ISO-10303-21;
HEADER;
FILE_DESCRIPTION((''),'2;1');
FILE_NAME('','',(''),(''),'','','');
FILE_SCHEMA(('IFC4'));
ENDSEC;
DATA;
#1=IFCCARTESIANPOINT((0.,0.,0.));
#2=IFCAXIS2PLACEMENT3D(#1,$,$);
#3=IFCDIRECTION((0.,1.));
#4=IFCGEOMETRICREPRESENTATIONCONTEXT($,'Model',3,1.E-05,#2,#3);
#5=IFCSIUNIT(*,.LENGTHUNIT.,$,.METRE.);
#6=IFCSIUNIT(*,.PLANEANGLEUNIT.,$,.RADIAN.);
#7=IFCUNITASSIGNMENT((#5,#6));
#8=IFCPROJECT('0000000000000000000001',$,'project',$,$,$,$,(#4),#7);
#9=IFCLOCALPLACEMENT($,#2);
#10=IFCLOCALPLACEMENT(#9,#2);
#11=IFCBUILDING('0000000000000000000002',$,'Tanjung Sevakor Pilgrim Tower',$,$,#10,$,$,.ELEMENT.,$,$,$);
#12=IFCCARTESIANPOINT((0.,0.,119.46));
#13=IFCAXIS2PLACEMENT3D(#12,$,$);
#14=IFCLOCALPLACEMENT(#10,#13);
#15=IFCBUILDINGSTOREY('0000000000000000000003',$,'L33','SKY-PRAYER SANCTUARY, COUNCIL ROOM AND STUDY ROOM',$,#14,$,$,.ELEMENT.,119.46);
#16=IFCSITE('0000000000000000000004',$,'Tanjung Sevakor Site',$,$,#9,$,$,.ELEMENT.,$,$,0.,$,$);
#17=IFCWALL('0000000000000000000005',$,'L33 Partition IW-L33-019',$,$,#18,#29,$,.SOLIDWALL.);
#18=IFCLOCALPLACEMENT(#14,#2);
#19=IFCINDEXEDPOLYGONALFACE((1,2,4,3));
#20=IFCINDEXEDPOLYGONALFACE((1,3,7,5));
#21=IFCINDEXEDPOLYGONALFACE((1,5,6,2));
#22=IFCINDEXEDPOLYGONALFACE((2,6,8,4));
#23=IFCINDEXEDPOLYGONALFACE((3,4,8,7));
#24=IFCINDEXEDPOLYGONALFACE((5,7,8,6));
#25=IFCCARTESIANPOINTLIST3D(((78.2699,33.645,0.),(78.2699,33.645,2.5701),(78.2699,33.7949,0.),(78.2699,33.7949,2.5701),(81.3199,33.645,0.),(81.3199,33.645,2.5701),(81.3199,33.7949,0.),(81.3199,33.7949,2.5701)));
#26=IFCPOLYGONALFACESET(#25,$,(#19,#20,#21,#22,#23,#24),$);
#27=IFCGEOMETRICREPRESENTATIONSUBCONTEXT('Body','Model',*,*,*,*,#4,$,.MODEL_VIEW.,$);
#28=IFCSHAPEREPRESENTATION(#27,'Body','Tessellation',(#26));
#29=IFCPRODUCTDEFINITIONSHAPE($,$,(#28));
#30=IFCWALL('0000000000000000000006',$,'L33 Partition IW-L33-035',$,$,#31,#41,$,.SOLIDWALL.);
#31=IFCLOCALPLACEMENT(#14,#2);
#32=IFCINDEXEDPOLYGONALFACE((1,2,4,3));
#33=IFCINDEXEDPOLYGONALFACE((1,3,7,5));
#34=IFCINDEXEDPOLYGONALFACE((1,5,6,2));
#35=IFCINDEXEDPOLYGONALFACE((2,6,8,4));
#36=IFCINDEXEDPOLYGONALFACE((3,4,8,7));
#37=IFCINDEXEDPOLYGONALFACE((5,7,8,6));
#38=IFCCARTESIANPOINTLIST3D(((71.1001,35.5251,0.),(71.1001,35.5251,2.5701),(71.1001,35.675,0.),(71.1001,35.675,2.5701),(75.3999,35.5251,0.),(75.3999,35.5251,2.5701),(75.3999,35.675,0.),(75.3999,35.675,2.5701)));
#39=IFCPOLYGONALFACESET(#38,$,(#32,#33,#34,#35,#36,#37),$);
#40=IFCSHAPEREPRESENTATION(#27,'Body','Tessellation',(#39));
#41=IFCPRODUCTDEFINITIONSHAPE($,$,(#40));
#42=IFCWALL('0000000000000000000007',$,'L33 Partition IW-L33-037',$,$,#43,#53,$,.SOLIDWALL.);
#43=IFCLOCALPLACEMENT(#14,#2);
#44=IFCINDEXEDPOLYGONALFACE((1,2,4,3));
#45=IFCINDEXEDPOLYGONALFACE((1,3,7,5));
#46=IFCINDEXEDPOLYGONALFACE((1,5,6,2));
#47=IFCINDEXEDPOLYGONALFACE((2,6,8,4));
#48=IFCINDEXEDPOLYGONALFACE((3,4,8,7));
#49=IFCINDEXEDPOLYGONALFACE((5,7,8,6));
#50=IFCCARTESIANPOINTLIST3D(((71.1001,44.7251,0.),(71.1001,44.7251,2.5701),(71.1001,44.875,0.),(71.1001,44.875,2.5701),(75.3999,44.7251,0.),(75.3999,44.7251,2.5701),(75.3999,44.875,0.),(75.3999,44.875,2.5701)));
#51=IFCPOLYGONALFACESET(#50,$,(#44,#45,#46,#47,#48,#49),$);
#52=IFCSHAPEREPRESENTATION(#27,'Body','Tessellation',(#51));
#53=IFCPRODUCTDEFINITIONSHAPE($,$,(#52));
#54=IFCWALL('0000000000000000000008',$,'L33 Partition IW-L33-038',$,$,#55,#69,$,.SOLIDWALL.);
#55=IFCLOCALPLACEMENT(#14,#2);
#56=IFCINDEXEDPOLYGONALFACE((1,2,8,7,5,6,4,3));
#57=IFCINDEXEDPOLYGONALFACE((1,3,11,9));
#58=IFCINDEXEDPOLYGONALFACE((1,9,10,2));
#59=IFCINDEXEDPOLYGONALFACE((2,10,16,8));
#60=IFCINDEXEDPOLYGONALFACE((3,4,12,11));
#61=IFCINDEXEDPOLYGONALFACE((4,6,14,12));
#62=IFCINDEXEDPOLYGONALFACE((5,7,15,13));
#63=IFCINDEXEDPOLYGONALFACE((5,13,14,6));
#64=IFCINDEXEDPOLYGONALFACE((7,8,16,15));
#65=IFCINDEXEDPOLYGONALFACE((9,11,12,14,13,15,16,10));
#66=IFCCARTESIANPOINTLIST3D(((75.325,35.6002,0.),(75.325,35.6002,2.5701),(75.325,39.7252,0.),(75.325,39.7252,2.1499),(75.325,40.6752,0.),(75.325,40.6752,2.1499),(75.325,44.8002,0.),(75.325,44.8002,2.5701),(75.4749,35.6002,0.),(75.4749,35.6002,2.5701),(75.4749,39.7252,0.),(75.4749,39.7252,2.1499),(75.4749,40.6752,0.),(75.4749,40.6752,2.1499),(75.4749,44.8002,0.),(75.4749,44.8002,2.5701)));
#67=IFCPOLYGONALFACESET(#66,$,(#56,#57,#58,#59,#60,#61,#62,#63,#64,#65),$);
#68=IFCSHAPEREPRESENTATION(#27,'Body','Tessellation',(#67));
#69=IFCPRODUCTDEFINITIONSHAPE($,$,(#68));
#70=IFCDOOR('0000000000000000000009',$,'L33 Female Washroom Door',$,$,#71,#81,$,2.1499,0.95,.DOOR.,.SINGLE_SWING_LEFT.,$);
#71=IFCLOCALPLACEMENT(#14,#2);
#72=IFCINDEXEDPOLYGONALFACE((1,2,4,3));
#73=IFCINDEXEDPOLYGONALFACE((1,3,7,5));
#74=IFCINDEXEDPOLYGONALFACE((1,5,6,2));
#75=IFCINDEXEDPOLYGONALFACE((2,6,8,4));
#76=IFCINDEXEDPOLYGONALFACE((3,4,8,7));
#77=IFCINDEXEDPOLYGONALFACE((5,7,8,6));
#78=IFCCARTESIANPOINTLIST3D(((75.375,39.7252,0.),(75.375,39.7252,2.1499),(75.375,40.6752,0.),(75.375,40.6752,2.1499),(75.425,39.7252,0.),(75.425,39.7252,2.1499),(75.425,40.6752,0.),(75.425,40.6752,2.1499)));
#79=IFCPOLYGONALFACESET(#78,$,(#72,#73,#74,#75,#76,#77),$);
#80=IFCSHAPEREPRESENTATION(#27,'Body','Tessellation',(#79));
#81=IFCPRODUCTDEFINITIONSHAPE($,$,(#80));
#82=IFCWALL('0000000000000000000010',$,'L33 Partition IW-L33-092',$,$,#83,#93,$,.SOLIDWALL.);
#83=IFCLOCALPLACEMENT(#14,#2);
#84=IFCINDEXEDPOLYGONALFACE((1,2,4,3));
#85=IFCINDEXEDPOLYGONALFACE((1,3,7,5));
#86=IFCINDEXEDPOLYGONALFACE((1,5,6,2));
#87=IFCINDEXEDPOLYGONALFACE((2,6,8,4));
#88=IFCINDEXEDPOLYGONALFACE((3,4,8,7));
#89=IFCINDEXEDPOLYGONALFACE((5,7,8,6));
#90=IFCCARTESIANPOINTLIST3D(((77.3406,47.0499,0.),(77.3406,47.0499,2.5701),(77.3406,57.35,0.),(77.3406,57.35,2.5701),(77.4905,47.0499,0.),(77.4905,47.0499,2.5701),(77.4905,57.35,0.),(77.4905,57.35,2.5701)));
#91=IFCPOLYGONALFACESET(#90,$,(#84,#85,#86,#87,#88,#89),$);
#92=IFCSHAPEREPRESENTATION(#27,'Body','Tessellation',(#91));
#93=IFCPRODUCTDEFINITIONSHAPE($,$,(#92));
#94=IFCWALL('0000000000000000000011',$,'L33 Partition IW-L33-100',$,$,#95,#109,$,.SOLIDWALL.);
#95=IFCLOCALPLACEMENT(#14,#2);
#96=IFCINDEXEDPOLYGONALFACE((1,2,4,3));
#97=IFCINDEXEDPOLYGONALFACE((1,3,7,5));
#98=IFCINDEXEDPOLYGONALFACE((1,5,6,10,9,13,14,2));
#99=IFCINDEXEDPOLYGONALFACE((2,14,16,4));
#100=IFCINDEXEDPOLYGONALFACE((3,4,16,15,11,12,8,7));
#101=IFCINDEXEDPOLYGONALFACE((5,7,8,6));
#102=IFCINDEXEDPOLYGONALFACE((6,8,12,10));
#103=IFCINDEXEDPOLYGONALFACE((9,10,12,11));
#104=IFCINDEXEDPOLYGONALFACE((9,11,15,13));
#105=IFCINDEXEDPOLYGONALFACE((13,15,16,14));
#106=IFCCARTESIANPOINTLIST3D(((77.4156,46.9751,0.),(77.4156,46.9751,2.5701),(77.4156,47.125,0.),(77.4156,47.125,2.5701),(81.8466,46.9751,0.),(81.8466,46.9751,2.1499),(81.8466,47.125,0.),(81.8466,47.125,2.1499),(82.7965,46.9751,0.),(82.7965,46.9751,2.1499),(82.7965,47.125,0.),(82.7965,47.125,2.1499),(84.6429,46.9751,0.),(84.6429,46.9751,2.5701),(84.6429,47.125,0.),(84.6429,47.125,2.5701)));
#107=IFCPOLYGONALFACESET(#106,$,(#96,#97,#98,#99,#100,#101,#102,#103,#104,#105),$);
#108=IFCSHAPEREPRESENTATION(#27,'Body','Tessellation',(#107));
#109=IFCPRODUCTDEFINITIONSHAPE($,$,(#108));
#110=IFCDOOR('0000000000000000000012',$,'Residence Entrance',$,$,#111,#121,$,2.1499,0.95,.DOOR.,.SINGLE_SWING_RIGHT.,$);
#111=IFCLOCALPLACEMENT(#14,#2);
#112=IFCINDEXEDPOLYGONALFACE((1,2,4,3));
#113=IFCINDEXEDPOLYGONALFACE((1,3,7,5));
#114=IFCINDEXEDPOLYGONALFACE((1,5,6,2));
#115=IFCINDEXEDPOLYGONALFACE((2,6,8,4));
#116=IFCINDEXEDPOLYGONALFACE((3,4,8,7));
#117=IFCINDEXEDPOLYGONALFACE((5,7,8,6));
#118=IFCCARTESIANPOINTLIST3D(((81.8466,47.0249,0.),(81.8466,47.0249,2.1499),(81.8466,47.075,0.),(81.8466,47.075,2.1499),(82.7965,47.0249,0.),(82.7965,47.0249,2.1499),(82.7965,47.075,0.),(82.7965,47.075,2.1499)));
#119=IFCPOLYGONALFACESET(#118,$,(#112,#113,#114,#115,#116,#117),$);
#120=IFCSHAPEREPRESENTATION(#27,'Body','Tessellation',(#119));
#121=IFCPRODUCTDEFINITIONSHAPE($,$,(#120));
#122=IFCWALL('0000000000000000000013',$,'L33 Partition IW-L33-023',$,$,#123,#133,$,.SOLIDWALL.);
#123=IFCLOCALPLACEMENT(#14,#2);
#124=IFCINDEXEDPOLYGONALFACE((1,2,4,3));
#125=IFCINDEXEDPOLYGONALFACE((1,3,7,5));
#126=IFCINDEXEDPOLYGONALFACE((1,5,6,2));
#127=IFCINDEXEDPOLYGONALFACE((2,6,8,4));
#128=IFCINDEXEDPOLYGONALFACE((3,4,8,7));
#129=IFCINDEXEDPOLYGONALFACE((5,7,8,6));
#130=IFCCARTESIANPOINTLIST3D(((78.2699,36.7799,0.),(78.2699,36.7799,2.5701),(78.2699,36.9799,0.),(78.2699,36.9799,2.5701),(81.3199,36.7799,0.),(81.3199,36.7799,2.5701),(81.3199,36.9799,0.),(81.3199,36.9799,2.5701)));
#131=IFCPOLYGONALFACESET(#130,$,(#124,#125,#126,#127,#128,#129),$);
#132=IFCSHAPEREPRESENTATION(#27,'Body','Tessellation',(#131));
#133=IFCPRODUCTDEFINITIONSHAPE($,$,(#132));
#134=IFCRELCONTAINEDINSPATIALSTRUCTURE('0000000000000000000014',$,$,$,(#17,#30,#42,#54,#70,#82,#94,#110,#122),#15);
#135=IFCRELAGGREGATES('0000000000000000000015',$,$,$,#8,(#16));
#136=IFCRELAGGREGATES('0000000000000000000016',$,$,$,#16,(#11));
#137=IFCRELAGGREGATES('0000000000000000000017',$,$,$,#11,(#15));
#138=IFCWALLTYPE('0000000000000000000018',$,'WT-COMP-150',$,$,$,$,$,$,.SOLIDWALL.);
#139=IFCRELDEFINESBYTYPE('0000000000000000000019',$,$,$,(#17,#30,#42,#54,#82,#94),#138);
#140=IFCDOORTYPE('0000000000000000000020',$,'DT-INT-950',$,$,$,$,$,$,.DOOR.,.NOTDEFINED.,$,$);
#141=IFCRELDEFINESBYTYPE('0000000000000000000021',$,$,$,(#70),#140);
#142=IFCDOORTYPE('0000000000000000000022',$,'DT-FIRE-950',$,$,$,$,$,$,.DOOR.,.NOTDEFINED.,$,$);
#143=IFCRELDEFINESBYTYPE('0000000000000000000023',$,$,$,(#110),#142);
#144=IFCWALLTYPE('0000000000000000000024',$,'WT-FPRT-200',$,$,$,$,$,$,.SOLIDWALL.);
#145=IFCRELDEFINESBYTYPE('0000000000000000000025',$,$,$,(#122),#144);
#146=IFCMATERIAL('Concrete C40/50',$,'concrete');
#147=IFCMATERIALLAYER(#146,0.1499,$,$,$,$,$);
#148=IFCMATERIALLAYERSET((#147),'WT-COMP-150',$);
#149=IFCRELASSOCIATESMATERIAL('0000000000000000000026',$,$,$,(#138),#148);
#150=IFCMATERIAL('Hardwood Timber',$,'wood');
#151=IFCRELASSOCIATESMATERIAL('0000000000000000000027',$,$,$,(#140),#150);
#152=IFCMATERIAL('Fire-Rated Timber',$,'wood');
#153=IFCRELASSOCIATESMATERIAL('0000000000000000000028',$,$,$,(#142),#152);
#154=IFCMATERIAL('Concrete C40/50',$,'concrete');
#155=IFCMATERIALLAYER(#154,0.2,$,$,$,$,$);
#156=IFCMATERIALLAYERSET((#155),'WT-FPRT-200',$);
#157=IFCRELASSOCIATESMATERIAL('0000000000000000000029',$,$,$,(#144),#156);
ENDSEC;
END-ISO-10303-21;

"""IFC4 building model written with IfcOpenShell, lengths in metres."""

from ifc_helpers import new_model, si_unit, direction, frame, frame_2d, origin, place, context, subcontext, project, spatial, rectangle, extrude, material, layer, layer_set, type_object, element, fill, save


model = new_model("IFC4")

# Units and contexts
model_context = context("Model", 3, precision=1e-05, world=origin(), true_north=direction((0.0, 1.0)))
body_context = subcontext(model_context, "Body", "Model", "MODEL_VIEW")
ifc_project = project(units=[si_unit("LENGTHUNIT", "METRE"), si_unit("PLANEANGLEUNIT", "RADIAN")], contexts=[model_context])

# Site, building, storey
site_placement = place(None, origin())
site = spatial("IfcSite", under=ifc_project, at=site_placement, Name="Tanjung Sevakor Site", CompositionType="ELEMENT", RefElevation=0.0)
building_placement = place(site_placement, origin())
building = spatial("IfcBuilding", under=site, at=building_placement, Name="Tanjung Sevakor Pilgrim Tower", CompositionType="ELEMENT")
storey_placement = place(building_placement, frame((0.0, 0.0, 119.46)))
storey = spatial("IfcBuildingStorey", under=building, at=storey_placement, Name="L33", Description="SKY-PRAYER SANCTUARY, COUNCIL ROOM AND STUDY ROOM", CompositionType="ELEMENT", Elevation=119.46)

# Walls
ifc_material_1 = material(Name="Concrete C40/50", Category="concrete")
ifc_layer_1 = layer(ifc_material_1, 0.1499)
ifc_layer_set_1 = layer_set([ifc_layer_1], Name="WT-COMP-150")
wall_type_1 = type_object("IfcWallType", Name="WT-COMP-150", PredefinedType="SOLIDWALL", material=ifc_layer_set_1)
wall_1_placement = place(storey_placement, frame((78.27, 33.72, 0.0), z_axis=(0.0, 0.0, 1.0), x_axis=(1.0, 0.0, 0.0)))
element("IfcWall", 1, at=wall_1_placement, inside=storey, type_object=wall_type_1, Name="L33 Partition IW-L33-019", PredefinedType="SOLIDWALL", context=body_context, shape_type="SweptSolid", body=[
    extrude(rectangle(XDim=3.05, YDim=0.1499, at=frame_2d((1.5249, 0.0))), origin(), (0.0, 0.0, 1.0), 2.5701),
])
for number, where, z_axis, x_axis, name in (
    (2, (71.1001, 35.6001, 0.0), (0.0, 0.0, 1.0), (1.0, 0.0, 0.0), "L33 Partition IW-L33-035"),
    (3, (71.1001, 44.8, 0.0), (0.0, 0.0, 1.0), (1.0, 0.0, 0.0), "L33 Partition IW-L33-037"),
):
    element("IfcWall", number, at=place(storey_placement, frame(where, z_axis=z_axis, x_axis=x_axis)), inside=storey, type_object=wall_type_1, Name=name, PredefinedType="SOLIDWALL", context=body_context, shape_type="SweptSolid", body=[
        extrude(rectangle(XDim=4.2998, YDim=0.1499, at=frame_2d((2.1499, 0.0))), origin(), (0.0, 0.0, 1.0), 2.5701),
    ])

# Wall, opening, door
wall_2_placement = place(storey_placement, frame((75.3999, 35.6001, 0.0), z_axis=(0.0, 0.0, 1.0), x_axis=(0.0, 1.0, 0.0)))
wall_2 = element("IfcWall", 4, at=wall_2_placement, inside=storey, type_object=wall_type_1, Name="L33 Partition IW-L33-038", PredefinedType="SOLIDWALL", context=body_context, shape_type="SweptSolid", body=[
    extrude(rectangle(XDim=9.2, YDim=0.1499, at=frame_2d((4.6001, 0.0))), origin(), (0.0, 0.0, 1.0), 2.5701),
])
opening_1_placement = place(wall_2_placement, frame((4.125, 0.0, 0.0)))
opening_1 = element("IfcOpeningElement", 5, at=opening_1_placement, cuts=wall_2, PredefinedType="OPENING", context=body_context, shape_type="SweptSolid", body=[
    extrude(rectangle(XDim=0.95, YDim=2.1499, at=frame_2d((0.4751, 1.075))), frame((0.0, 0.085, 0.0), z_axis=(0.0, -1.0, 0.0), x_axis=(1.0, 0.0, 0.0)), (0.0, 0.0, 1.0), 0.1699),
])
ifc_material_2 = material(Name="Hardwood Timber", Category="wood")
door_type_1 = type_object("IfcDoorType", Name="DT-INT-950", OperationType="NOTDEFINED", PredefinedType="DOOR", material=ifc_material_2)
door_1_placement = place(opening_1_placement, origin())
door_1 = element("IfcDoor", 6, at=door_1_placement, inside=storey, type_object=door_type_1, Name="L33 Female Washroom Door", OperationType="SINGLE_SWING_LEFT", OverallHeight=2.1499, OverallWidth=0.95, PredefinedType="DOOR", context=body_context, shape_type="SweptSolid", body=[
    extrude(rectangle(XDim=0.95, YDim=2.1499, at=frame_2d((0.4751, 1.075))), frame((0.0, 0.0249, 0.0), z_axis=(0.0, -1.0, 0.0), x_axis=(1.0, 0.0, 0.0)), (0.0, 0.0, 1.0), 0.05),
])
fill(opening_1, door_1)

# Wall
wall_3_placement = place(storey_placement, frame((77.4155, 47.05, 0.0), z_axis=(0.0, 0.0, 1.0), x_axis=(0.0, 1.0, 0.0)))
element("IfcWall", 7, at=wall_3_placement, inside=storey, type_object=wall_type_1, Name="L33 Partition IW-L33-092", PredefinedType="SOLIDWALL", context=body_context, shape_type="SweptSolid", body=[
    extrude(rectangle(XDim=10.3, YDim=0.1499, at=frame_2d((5.1499, 0.0))), origin(), (0.0, 0.0, 1.0), 2.5701),
])

# Wall, opening, door
wall_4_placement = place(storey_placement, frame((77.4155, 47.05, 0.0), z_axis=(0.0, 0.0, 1.0), x_axis=(1.0, 0.0, 0.0)))
wall_4 = element("IfcWall", 8, at=wall_4_placement, inside=storey, type_object=wall_type_1, Name="L33 Partition IW-L33-100", PredefinedType="SOLIDWALL", context=body_context, shape_type="SweptSolid", body=[
    extrude(rectangle(XDim=7.2273, YDim=0.1499, at=frame_2d((3.6138, 0.0))), origin(), (0.0, 0.0, 1.0), 2.5701),
])
opening_2_placement = place(wall_4_placement, frame((4.4309, 0.0, 0.0)))
opening_2 = element("IfcOpeningElement", 9, at=opening_2_placement, cuts=wall_4, PredefinedType="OPENING", context=body_context, shape_type="SweptSolid", body=[
    extrude(rectangle(XDim=0.95, YDim=2.1499, at=frame_2d((0.4751, 1.075))), frame((0.0, 0.085, 0.0), z_axis=(0.0, -1.0, 0.0), x_axis=(1.0, 0.0, 0.0)), (0.0, 0.0, 1.0), 0.1699),
])
ifc_material_3 = material(Name="Fire-Rated Timber", Category="wood")
door_type_2 = type_object("IfcDoorType", Name="DT-FIRE-950", OperationType="NOTDEFINED", PredefinedType="DOOR", material=ifc_material_3)
door_2_placement = place(opening_2_placement, origin())
door_2 = element("IfcDoor", 10, at=door_2_placement, inside=storey, type_object=door_type_2, Name="Residence Entrance", OperationType="SINGLE_SWING_RIGHT", OverallHeight=2.1499, OverallWidth=0.95, PredefinedType="DOOR", context=body_context, shape_type="SweptSolid", body=[
    extrude(rectangle(XDim=0.95, YDim=2.1499, at=frame_2d((0.4751, 1.075))), frame((0.0, 0.0249, 0.0), z_axis=(0.0, -1.0, 0.0), x_axis=(1.0, 0.0, 0.0)), (0.0, 0.0, 1.0), 0.05),
])
fill(opening_2, door_2)

# Wall
ifc_material_4 = material(Name="Concrete C40/50", Category="concrete")
ifc_layer_2 = layer(ifc_material_4, 0.2)
ifc_layer_set_2 = layer_set([ifc_layer_2], Name="WT-FPRT-200")
wall_type_2 = type_object("IfcWallType", Name="WT-FPRT-200", PredefinedType="SOLIDWALL", material=ifc_layer_set_2)
wall_5_placement = place(storey_placement, frame((78.27, 36.8799, 0.0), z_axis=(0.0, 0.0, 1.0), x_axis=(1.0, 0.0, 0.0)))
element("IfcWall", 11, at=wall_5_placement, inside=storey, type_object=wall_type_2, Name="L33 Partition IW-L33-023", PredefinedType="SOLIDWALL", context=body_context, shape_type="SweptSolid", body=[
    extrude(rectangle(XDim=3.05, YDim=0.2, at=frame_2d((1.5249, 0.0))), origin(), (0.0, 0.0, 1.0), 2.5701),
])

save(model, "model.ifc")
